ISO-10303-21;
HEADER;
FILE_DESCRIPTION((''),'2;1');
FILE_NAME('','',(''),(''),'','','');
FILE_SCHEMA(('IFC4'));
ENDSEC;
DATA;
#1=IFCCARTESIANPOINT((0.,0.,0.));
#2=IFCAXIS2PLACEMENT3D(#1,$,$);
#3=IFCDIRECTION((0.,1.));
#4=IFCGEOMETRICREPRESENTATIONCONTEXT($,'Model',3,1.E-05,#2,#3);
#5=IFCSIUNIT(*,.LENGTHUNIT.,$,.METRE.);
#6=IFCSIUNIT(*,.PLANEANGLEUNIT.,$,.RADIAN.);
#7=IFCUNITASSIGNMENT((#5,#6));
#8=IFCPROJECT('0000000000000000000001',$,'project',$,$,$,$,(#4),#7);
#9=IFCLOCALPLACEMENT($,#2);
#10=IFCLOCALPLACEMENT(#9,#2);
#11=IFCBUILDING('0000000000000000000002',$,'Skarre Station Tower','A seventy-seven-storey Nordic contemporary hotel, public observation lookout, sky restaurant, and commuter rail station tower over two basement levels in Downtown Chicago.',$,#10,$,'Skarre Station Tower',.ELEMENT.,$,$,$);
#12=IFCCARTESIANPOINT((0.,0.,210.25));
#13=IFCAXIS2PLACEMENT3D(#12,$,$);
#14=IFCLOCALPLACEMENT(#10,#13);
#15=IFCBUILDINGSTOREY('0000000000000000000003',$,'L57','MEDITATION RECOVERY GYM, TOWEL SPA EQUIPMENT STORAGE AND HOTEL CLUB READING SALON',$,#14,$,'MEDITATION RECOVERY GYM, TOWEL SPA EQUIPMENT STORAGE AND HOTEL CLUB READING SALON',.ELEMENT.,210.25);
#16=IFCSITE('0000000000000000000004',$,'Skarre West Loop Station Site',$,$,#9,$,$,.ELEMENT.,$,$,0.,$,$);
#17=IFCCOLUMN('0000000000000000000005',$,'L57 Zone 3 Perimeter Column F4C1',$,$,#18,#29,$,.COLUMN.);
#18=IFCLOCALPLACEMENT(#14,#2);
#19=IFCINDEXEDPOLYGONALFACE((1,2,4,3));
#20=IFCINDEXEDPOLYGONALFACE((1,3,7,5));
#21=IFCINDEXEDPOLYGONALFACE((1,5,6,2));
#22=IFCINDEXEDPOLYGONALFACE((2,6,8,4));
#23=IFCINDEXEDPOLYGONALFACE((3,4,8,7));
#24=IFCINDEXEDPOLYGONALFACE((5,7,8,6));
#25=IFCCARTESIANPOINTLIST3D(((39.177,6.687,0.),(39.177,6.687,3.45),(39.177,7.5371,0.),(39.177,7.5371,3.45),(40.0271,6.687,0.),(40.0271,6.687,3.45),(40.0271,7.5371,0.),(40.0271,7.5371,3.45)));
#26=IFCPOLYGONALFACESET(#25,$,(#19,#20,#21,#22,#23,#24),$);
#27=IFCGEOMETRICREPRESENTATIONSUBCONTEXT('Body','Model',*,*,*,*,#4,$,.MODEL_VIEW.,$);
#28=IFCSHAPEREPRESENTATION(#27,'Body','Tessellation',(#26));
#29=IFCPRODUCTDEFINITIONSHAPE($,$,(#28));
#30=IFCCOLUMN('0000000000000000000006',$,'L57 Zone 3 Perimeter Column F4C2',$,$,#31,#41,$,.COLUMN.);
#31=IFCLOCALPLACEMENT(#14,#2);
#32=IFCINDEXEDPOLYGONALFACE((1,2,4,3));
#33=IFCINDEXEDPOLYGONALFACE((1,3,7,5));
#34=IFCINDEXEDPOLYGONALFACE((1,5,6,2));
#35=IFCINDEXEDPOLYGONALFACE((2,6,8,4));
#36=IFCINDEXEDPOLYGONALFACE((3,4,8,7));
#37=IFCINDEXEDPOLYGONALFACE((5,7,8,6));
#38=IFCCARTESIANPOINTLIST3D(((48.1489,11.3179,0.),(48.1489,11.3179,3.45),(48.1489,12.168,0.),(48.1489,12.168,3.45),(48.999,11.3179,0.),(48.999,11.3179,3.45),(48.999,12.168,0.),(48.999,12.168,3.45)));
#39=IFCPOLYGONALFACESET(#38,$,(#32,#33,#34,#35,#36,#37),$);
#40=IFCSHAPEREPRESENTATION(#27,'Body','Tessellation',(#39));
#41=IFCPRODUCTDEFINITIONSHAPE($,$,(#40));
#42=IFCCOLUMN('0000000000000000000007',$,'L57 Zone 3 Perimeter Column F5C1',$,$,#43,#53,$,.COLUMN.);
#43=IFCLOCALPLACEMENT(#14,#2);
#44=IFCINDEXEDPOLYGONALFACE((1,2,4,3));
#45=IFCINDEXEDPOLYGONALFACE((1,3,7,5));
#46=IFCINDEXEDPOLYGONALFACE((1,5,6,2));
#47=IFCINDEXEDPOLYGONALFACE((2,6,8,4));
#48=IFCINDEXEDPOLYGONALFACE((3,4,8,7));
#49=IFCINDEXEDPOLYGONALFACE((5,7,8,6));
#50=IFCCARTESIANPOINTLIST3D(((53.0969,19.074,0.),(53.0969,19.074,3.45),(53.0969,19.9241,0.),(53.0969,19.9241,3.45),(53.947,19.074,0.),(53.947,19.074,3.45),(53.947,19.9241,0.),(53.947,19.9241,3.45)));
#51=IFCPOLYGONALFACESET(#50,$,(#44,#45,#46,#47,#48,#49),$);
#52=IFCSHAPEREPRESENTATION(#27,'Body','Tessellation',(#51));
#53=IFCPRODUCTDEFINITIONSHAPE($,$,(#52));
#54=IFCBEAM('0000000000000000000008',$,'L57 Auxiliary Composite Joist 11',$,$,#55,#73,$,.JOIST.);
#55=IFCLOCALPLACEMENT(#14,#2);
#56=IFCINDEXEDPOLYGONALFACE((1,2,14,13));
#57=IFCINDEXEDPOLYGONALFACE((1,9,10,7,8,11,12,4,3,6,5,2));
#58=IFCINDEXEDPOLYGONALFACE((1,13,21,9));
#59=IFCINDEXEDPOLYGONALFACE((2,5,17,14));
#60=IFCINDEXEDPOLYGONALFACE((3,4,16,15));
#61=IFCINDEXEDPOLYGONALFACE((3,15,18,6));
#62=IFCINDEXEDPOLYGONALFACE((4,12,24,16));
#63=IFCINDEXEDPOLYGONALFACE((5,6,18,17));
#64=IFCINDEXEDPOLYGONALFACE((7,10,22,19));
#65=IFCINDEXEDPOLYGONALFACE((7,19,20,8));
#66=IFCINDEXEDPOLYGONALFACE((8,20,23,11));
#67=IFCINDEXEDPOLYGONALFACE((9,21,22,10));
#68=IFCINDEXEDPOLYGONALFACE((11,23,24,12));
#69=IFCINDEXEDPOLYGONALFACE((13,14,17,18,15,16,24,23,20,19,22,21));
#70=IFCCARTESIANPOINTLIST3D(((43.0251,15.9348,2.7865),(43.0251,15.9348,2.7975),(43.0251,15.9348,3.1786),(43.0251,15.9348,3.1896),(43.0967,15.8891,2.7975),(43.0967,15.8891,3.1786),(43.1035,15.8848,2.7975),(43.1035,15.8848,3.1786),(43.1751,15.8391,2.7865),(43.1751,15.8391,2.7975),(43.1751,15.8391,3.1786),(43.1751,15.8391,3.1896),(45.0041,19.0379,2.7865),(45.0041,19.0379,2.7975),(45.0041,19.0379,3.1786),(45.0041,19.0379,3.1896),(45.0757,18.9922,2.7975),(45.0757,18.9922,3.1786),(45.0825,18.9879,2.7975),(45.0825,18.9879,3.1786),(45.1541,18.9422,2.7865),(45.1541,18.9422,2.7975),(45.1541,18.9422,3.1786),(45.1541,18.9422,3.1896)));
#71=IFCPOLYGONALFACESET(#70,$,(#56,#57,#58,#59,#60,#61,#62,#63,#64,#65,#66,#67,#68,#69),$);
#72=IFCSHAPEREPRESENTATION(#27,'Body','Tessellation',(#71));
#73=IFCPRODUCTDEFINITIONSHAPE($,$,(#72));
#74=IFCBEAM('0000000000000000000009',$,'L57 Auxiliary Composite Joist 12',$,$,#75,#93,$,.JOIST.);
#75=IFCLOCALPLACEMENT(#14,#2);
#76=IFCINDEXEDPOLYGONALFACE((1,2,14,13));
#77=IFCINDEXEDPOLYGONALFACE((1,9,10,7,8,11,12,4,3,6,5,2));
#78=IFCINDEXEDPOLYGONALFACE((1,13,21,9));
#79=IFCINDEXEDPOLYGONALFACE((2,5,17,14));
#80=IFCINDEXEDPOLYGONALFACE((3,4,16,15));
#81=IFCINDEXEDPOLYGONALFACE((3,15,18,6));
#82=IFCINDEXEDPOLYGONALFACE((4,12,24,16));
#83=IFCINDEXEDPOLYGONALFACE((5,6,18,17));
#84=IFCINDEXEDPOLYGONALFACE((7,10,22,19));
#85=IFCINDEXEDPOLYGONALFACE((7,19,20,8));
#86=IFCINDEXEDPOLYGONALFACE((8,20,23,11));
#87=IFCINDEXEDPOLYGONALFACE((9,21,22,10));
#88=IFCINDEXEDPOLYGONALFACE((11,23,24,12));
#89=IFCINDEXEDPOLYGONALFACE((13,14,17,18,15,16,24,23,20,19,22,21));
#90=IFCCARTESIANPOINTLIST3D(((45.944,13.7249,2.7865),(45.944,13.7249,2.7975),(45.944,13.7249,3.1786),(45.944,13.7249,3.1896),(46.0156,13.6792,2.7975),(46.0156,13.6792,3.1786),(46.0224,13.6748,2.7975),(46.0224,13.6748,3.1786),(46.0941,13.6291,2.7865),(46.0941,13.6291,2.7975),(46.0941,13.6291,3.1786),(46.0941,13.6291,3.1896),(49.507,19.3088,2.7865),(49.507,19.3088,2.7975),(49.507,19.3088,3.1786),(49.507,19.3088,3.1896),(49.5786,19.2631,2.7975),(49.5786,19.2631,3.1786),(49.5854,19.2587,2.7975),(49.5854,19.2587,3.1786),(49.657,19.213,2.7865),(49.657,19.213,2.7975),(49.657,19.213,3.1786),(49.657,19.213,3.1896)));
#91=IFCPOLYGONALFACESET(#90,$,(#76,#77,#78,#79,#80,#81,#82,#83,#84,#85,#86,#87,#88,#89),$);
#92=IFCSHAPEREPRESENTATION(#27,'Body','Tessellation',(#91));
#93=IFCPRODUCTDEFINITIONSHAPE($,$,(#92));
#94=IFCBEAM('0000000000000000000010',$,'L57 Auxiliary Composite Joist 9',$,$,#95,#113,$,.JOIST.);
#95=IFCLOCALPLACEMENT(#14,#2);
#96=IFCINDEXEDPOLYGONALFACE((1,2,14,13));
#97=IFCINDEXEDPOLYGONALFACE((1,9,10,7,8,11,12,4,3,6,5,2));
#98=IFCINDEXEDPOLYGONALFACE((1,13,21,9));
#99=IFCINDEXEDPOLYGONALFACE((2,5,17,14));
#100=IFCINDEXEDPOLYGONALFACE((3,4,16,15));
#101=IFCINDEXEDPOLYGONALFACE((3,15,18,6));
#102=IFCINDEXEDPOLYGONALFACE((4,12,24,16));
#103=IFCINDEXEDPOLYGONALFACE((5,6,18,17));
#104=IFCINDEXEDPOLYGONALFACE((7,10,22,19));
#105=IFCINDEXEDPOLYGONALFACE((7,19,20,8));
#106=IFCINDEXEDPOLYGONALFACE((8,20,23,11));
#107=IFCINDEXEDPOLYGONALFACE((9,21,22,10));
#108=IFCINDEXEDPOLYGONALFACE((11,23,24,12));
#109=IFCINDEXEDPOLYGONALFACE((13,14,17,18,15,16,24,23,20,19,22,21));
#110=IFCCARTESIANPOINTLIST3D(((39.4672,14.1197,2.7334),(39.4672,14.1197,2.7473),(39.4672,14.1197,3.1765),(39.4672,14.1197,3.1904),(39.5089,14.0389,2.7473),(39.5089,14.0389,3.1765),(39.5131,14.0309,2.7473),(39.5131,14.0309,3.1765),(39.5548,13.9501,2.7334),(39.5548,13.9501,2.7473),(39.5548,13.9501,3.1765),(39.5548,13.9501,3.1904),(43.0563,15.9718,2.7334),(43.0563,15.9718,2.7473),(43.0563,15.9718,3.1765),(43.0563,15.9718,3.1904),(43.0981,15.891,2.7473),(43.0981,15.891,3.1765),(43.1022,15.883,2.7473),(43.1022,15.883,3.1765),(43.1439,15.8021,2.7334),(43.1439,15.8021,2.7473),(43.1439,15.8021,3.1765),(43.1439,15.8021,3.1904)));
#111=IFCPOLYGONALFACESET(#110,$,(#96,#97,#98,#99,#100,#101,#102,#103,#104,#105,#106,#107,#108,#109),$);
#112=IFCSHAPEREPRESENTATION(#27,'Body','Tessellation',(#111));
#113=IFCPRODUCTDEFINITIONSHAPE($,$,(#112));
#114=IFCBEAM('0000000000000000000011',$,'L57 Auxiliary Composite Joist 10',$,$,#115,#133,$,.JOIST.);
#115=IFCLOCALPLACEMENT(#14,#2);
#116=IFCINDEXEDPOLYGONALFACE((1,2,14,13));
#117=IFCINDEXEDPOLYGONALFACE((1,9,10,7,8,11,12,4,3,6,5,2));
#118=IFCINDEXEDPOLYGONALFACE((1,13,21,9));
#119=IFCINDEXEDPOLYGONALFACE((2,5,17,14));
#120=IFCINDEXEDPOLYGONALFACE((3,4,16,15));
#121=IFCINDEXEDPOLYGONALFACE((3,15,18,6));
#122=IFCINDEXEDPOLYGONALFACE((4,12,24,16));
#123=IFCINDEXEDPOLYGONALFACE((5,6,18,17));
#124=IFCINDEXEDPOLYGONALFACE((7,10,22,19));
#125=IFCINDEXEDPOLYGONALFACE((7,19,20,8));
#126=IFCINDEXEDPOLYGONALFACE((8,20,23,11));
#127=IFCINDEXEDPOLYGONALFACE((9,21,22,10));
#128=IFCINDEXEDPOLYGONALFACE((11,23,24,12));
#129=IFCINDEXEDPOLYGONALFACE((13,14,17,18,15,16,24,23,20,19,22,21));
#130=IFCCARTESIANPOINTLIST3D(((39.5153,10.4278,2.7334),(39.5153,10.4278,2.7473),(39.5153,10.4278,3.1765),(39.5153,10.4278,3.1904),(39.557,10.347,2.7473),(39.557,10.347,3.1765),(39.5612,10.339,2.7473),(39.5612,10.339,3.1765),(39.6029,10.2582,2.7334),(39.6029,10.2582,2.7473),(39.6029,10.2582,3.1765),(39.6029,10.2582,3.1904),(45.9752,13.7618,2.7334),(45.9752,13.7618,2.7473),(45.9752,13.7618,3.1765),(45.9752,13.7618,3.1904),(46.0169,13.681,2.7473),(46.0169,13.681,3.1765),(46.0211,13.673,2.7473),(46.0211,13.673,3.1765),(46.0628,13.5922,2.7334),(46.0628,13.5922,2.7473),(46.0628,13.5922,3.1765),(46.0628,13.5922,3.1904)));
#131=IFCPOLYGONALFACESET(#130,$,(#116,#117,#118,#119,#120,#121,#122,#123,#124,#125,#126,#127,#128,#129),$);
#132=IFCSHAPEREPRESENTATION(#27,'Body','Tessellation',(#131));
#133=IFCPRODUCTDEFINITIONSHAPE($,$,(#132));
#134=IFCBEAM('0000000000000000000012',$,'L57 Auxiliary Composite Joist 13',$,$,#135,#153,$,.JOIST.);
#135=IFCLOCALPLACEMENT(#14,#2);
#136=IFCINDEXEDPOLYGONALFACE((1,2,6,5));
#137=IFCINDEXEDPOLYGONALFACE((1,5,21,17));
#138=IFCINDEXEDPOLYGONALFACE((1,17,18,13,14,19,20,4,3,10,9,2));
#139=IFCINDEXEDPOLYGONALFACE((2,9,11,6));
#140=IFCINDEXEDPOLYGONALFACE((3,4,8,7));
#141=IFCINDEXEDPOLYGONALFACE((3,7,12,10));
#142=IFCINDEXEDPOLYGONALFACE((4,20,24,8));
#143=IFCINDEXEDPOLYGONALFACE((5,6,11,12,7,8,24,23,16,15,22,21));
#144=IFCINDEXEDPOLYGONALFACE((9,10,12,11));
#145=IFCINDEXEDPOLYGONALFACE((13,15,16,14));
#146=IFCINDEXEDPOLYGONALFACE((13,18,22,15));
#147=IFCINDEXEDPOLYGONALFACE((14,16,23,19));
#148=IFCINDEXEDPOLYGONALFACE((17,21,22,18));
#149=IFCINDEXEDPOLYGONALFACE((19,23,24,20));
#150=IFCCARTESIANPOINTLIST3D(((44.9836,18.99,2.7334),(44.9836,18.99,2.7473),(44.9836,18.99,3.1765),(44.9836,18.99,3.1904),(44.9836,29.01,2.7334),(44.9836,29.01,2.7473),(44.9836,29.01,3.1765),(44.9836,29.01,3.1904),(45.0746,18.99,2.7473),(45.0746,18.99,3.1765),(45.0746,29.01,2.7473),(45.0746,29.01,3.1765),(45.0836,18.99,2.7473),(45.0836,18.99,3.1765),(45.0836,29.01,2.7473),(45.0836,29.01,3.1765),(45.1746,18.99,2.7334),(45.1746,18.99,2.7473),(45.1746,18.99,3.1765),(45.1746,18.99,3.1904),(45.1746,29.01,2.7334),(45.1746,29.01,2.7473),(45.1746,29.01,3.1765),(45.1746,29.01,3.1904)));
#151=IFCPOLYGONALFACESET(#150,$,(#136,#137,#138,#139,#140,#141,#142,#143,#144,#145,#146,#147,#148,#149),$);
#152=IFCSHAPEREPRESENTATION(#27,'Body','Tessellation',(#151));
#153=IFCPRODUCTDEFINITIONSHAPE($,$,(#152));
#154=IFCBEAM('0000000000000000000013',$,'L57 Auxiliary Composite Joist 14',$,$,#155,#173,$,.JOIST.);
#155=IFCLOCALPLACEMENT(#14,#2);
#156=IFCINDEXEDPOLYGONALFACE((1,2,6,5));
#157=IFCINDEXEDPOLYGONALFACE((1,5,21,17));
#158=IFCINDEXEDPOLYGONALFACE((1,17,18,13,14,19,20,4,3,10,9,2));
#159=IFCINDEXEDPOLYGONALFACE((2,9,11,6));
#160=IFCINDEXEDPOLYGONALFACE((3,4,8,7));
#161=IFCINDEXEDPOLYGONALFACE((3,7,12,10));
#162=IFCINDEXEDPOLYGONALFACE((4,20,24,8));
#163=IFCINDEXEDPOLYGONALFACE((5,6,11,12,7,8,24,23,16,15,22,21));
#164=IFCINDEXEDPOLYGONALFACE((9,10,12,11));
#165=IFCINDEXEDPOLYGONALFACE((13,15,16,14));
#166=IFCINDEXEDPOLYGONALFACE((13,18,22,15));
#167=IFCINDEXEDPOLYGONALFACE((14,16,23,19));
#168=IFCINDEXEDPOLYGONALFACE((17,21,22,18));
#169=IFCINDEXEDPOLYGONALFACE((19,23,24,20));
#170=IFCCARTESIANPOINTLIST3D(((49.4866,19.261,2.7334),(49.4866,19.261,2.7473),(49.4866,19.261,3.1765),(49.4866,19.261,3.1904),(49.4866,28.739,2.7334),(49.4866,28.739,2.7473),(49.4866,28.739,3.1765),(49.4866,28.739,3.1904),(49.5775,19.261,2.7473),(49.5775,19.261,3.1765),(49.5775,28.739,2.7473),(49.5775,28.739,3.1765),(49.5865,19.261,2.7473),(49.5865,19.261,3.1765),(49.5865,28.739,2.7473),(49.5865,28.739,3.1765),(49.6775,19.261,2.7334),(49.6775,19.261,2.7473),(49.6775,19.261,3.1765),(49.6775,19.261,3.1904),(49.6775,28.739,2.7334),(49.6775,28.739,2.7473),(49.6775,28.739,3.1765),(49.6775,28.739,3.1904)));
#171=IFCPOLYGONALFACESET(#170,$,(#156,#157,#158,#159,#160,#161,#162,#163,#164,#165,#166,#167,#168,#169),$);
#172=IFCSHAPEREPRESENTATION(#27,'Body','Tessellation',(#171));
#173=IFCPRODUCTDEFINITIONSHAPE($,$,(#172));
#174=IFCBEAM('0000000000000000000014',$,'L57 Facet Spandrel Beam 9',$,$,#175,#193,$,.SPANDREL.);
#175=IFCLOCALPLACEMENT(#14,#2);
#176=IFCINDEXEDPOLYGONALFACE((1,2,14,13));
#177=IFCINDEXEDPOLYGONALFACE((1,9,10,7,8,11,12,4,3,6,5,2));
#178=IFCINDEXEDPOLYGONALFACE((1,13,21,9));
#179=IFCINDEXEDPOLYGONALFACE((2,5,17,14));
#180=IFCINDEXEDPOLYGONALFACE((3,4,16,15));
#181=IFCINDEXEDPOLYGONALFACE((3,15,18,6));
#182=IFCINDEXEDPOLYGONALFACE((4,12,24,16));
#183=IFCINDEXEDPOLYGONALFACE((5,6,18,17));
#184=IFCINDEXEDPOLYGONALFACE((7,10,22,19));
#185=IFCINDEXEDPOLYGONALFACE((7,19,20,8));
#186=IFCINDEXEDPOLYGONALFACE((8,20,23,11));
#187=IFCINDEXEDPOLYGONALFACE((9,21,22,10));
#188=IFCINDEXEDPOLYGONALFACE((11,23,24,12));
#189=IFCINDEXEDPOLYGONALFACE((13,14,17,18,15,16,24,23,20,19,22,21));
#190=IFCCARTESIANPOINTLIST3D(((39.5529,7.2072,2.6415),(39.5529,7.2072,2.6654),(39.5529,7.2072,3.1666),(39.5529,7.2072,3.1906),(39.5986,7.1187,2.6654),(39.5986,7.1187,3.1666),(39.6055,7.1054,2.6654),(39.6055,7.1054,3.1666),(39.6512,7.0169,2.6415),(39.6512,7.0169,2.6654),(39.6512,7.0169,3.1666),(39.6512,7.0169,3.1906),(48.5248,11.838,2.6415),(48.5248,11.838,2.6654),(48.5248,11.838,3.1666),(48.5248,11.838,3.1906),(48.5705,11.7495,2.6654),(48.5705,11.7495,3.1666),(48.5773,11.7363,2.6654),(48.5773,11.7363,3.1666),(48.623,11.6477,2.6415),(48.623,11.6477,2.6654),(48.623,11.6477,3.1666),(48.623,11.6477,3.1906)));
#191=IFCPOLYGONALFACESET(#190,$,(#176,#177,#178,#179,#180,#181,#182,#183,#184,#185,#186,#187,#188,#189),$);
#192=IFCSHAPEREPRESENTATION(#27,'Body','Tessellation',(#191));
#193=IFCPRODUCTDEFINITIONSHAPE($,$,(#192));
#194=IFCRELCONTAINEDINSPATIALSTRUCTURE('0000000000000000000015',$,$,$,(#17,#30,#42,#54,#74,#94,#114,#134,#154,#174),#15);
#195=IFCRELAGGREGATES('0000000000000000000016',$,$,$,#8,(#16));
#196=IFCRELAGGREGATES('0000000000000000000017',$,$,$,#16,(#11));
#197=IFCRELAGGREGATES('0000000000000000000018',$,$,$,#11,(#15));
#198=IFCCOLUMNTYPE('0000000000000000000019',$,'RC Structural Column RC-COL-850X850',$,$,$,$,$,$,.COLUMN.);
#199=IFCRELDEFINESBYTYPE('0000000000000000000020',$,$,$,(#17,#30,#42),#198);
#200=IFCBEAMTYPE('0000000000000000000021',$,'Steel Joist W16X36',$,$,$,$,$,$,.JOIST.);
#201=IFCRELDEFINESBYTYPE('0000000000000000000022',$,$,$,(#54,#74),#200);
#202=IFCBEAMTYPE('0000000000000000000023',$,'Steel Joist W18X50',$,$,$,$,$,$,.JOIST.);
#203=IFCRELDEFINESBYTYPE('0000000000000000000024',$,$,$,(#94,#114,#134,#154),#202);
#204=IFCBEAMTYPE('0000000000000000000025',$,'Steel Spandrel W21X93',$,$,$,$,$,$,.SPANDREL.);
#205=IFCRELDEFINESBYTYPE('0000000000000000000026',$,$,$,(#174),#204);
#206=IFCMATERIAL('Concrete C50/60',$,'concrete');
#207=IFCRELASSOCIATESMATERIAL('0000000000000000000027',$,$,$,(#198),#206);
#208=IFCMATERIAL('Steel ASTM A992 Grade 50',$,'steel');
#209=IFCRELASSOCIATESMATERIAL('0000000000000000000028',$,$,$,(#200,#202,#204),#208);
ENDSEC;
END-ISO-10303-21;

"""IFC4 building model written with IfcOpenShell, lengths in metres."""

from ifc_helpers import new_model, si_unit, direction, frame, origin, origin_2d, place, context, subcontext, project, spatial, rectangle, i_section, extrude, material, material_profile, profile_set, type_object, element, save


model = new_model("IFC4")

# Units and contexts
model_context = context("Model", 3, precision=1e-05, world=origin(), true_north=direction((0.0, 1.0)))
body_context = subcontext(model_context, "Body", "Model", "MODEL_VIEW")
ifc_project = project(units=[si_unit("LENGTHUNIT", "METRE"), si_unit("PLANEANGLEUNIT", "RADIAN")], contexts=[model_context])

# Site, building, storey
site_placement = place(None, origin())
site = spatial("IfcSite", under=ifc_project, at=site_placement, Name="Skarre West Loop Station Site", CompositionType="ELEMENT", RefElevation=0.0)
building_placement = place(site_placement, origin())
building = spatial("IfcBuilding", under=site, at=building_placement, Name="Skarre Station Tower", Description="A seventy-seven-storey Nordic contemporary hotel, public observation lookout, sky restaurant, and commuter rail station tower over two basement levels in Downtown Chicago.", LongName="Skarre Station Tower", CompositionType="ELEMENT")
storey_placement = place(building_placement, frame((0.0, 0.0, 210.25)))
storey = spatial("IfcBuildingStorey", under=building, at=storey_placement, Name="L57", Description="MEDITATION RECOVERY GYM, TOWEL SPA EQUIPMENT STORAGE AND HOTEL CLUB READING SALON", LongName="MEDITATION RECOVERY GYM, TOWEL SPA EQUIPMENT STORAGE AND HOTEL CLUB READING SALON", CompositionType="ELEMENT", Elevation=210.25)

# Columns
ifc_material_1 = material(Name="Concrete C50/60", Category="concrete")
ifc_material_profile_1 = material_profile(ifc_material_1, rectangle(XDim=0.8501, YDim=0.8501, at=origin_2d()), Name="Concrete C50/60")
ifc_profile_set_1 = profile_set([ifc_material_profile_1], Name="Concrete C50/60")
column_type = type_object("IfcColumnType", Name="RC Structural Column RC-COL-850X850", PredefinedType="COLUMN", material=ifc_profile_set_1)
for number, where, z_axis, x_axis, name in (
    (1, (39.6021, 7.1121, 0.0), (0.0, 0.0, 1.0), (1.0, 0.0, 0.0), "L57 Zone 3 Perimeter Column F4C1"),
    (2, (48.574, 11.7429, 0.0), (0.0, 0.0, 1.0), (1.0, 0.0, 0.0), "L57 Zone 3 Perimeter Column F4C2"),
    (3, (53.522, 19.499, 0.0), (0.0, 0.0, 1.0), (1.0, 0.0, 0.0), "L57 Zone 3 Perimeter Column F5C1"),
):
    element("IfcColumn", number, at=place(storey_placement, frame(where, z_axis=z_axis, x_axis=x_axis)), inside=storey, type_object=column_type, Name=name, PredefinedType="COLUMN", context=body_context, shape_type="SweptSolid", body=[
        extrude(rectangle(XDim=0.8501, YDim=0.8501, at=origin_2d()), origin(), (0.0, 0.0, 1.0), 3.45),
    ])

# Beams
ifc_material_2 = material(Name="Steel ASTM A992 Grade 50", Category="steel")
ifc_material_profile_2 = material_profile(ifc_material_2, i_section(OverallWidth=0.178, OverallDepth=0.4031, WebThickness=0.0081, FlangeThickness=0.011, at=origin_2d()), Name="Steel ASTM A992 Grade 50")
ifc_profile_set_2 = profile_set([ifc_material_profile_2], Name="Steel ASTM A992 Grade 50")
beam_type_1 = type_object("IfcBeamType", Name="Steel Joist W16X36", PredefinedType="JOIST", material=ifc_profile_set_2)
beam_1_placement = place(storey_placement, frame((43.1001, 15.887, 2.988), z_axis=(0.537717, 0.843126, 0.0), x_axis=(-0.843126, 0.537717, 0.0)))
element("IfcBeam", 4, at=beam_1_placement, inside=storey, type_object=beam_type_1, Name="L57 Auxiliary Composite Joist 11", PredefinedType="JOIST", context=body_context, shape_type="SweptSolid", body=[
    extrude(i_section(OverallWidth=0.178, OverallDepth=0.4031, WebThickness=0.0081, FlangeThickness=0.011, at=origin_2d()), origin(), (0.0, 0.0, 1.0), 3.6804),
])
beam_2_placement = place(storey_placement, frame((46.019, 13.677, 2.988), z_axis=(0.537901, 0.843008, 0.0), x_axis=(-0.843008, 0.537901, 0.0)))
element("IfcBeam", 5, at=beam_2_placement, inside=storey, type_object=beam_type_1, Name="L57 Auxiliary Composite Joist 12", PredefinedType="JOIST", context=body_context, shape_type="SweptSolid", body=[
    extrude(i_section(OverallWidth=0.178, OverallDepth=0.4031, WebThickness=0.0081, FlangeThickness=0.011, at=origin_2d()), origin(), (0.0, 0.0, 1.0), 6.6238),
])
ifc_material_profile_3 = material_profile(ifc_material_2, i_section(OverallWidth=0.1909, OverallDepth=0.457, WebThickness=0.009, FlangeThickness=0.0139, at=origin_2d()), Name="Steel ASTM A992 Grade 50")
ifc_profile_set_3 = profile_set([ifc_material_profile_3], Name="Steel ASTM A992 Grade 50")
beam_type_2 = type_object("IfcBeamType", Name="Steel Joist W18X50", PredefinedType="JOIST", material=ifc_profile_set_3)
beam_3_placement = place(storey_placement, frame((39.511, 14.0349, 2.9619), z_axis=(0.88866, 0.458566, 0.0), x_axis=(-0.458566, 0.88866, 0.0)))
element("IfcBeam", 6, at=beam_3_placement, inside=storey, type_object=beam_type_2, Name="L57 Auxiliary Composite Joist 9", PredefinedType="JOIST", context=body_context, shape_type="SweptSolid", body=[
    extrude(i_section(OverallWidth=0.1909, OverallDepth=0.457, WebThickness=0.009, FlangeThickness=0.0139, at=origin_2d()), origin(), (0.0, 0.0, 1.0), 4.0388),
])
beam_4_placement = place(storey_placement, frame((39.5591, 10.343, 2.9619), z_axis=(0.888631, 0.458622, 0.0), x_axis=(-0.458622, 0.888631, 0.0)))
element("IfcBeam", 7, at=beam_4_placement, inside=storey, type_object=beam_type_2, Name="L57 Auxiliary Composite Joist 10", PredefinedType="JOIST", context=body_context, shape_type="SweptSolid", body=[
    extrude(i_section(OverallWidth=0.1909, OverallDepth=0.457, WebThickness=0.009, FlangeThickness=0.0139, at=origin_2d()), origin(), (0.0, 0.0, 1.0), 7.2695),
])
beam_5_placement = place(storey_placement, frame((45.0791, 18.99, 2.9619), z_axis=(0.0, 1.0, 0.0), x_axis=(-1.0, 0.0, 0.0)))
element("IfcBeam", 8, at=beam_5_placement, inside=storey, type_object=beam_type_2, Name="L57 Auxiliary Composite Joist 13", PredefinedType="JOIST", context=body_context, shape_type="SweptSolid", body=[
    extrude(i_section(OverallWidth=0.1909, OverallDepth=0.457, WebThickness=0.009, FlangeThickness=0.0139, at=origin_2d()), origin(), (0.0, 0.0, 1.0), 10.02),
])
beam_6_placement = place(storey_placement, frame((49.582, 19.261, 2.9619), z_axis=(0.0, 1.0, 0.0), x_axis=(-1.0, 0.0, 0.0)))
element("IfcBeam", 9, at=beam_6_placement, inside=storey, type_object=beam_type_2, Name="L57 Auxiliary Composite Joist 14", PredefinedType="JOIST", context=body_context, shape_type="SweptSolid", body=[
    extrude(i_section(OverallWidth=0.1909, OverallDepth=0.457, WebThickness=0.009, FlangeThickness=0.0139, at=origin_2d()), origin(), (0.0, 0.0, 1.0), 9.478),
])
ifc_material_profile_4 = material_profile(ifc_material_2, i_section(OverallWidth=0.2141, OverallDepth=0.5491, WebThickness=0.0149, FlangeThickness=0.0239, at=origin_2d()), Name="Steel ASTM A992 Grade 50")
ifc_profile_set_4 = profile_set([ifc_material_profile_4], Name="Steel ASTM A992 Grade 50")
beam_type_3 = type_object("IfcBeamType", Name="Steel Spandrel W21X93", PredefinedType="SPANDREL", material=ifc_profile_set_4)
beam_7_placement = place(storey_placement, frame((39.6021, 7.1121, 2.916), z_axis=(0.888613, 0.458658, 0.0), x_axis=(-0.458658, 0.888613, 0.0)))
element("IfcBeam", 10, at=beam_7_placement, inside=storey, type_object=beam_type_3, Name="L57 Facet Spandrel Beam 9", PredefinedType="SPANDREL", context=body_context, shape_type="SweptSolid", body=[
    extrude(i_section(OverallWidth=0.2141, OverallDepth=0.5491, WebThickness=0.0149, FlangeThickness=0.0239, at=origin_2d()), origin(), (0.0, 0.0, 1.0), 10.0964),
])

save(model, "model.ifc")
